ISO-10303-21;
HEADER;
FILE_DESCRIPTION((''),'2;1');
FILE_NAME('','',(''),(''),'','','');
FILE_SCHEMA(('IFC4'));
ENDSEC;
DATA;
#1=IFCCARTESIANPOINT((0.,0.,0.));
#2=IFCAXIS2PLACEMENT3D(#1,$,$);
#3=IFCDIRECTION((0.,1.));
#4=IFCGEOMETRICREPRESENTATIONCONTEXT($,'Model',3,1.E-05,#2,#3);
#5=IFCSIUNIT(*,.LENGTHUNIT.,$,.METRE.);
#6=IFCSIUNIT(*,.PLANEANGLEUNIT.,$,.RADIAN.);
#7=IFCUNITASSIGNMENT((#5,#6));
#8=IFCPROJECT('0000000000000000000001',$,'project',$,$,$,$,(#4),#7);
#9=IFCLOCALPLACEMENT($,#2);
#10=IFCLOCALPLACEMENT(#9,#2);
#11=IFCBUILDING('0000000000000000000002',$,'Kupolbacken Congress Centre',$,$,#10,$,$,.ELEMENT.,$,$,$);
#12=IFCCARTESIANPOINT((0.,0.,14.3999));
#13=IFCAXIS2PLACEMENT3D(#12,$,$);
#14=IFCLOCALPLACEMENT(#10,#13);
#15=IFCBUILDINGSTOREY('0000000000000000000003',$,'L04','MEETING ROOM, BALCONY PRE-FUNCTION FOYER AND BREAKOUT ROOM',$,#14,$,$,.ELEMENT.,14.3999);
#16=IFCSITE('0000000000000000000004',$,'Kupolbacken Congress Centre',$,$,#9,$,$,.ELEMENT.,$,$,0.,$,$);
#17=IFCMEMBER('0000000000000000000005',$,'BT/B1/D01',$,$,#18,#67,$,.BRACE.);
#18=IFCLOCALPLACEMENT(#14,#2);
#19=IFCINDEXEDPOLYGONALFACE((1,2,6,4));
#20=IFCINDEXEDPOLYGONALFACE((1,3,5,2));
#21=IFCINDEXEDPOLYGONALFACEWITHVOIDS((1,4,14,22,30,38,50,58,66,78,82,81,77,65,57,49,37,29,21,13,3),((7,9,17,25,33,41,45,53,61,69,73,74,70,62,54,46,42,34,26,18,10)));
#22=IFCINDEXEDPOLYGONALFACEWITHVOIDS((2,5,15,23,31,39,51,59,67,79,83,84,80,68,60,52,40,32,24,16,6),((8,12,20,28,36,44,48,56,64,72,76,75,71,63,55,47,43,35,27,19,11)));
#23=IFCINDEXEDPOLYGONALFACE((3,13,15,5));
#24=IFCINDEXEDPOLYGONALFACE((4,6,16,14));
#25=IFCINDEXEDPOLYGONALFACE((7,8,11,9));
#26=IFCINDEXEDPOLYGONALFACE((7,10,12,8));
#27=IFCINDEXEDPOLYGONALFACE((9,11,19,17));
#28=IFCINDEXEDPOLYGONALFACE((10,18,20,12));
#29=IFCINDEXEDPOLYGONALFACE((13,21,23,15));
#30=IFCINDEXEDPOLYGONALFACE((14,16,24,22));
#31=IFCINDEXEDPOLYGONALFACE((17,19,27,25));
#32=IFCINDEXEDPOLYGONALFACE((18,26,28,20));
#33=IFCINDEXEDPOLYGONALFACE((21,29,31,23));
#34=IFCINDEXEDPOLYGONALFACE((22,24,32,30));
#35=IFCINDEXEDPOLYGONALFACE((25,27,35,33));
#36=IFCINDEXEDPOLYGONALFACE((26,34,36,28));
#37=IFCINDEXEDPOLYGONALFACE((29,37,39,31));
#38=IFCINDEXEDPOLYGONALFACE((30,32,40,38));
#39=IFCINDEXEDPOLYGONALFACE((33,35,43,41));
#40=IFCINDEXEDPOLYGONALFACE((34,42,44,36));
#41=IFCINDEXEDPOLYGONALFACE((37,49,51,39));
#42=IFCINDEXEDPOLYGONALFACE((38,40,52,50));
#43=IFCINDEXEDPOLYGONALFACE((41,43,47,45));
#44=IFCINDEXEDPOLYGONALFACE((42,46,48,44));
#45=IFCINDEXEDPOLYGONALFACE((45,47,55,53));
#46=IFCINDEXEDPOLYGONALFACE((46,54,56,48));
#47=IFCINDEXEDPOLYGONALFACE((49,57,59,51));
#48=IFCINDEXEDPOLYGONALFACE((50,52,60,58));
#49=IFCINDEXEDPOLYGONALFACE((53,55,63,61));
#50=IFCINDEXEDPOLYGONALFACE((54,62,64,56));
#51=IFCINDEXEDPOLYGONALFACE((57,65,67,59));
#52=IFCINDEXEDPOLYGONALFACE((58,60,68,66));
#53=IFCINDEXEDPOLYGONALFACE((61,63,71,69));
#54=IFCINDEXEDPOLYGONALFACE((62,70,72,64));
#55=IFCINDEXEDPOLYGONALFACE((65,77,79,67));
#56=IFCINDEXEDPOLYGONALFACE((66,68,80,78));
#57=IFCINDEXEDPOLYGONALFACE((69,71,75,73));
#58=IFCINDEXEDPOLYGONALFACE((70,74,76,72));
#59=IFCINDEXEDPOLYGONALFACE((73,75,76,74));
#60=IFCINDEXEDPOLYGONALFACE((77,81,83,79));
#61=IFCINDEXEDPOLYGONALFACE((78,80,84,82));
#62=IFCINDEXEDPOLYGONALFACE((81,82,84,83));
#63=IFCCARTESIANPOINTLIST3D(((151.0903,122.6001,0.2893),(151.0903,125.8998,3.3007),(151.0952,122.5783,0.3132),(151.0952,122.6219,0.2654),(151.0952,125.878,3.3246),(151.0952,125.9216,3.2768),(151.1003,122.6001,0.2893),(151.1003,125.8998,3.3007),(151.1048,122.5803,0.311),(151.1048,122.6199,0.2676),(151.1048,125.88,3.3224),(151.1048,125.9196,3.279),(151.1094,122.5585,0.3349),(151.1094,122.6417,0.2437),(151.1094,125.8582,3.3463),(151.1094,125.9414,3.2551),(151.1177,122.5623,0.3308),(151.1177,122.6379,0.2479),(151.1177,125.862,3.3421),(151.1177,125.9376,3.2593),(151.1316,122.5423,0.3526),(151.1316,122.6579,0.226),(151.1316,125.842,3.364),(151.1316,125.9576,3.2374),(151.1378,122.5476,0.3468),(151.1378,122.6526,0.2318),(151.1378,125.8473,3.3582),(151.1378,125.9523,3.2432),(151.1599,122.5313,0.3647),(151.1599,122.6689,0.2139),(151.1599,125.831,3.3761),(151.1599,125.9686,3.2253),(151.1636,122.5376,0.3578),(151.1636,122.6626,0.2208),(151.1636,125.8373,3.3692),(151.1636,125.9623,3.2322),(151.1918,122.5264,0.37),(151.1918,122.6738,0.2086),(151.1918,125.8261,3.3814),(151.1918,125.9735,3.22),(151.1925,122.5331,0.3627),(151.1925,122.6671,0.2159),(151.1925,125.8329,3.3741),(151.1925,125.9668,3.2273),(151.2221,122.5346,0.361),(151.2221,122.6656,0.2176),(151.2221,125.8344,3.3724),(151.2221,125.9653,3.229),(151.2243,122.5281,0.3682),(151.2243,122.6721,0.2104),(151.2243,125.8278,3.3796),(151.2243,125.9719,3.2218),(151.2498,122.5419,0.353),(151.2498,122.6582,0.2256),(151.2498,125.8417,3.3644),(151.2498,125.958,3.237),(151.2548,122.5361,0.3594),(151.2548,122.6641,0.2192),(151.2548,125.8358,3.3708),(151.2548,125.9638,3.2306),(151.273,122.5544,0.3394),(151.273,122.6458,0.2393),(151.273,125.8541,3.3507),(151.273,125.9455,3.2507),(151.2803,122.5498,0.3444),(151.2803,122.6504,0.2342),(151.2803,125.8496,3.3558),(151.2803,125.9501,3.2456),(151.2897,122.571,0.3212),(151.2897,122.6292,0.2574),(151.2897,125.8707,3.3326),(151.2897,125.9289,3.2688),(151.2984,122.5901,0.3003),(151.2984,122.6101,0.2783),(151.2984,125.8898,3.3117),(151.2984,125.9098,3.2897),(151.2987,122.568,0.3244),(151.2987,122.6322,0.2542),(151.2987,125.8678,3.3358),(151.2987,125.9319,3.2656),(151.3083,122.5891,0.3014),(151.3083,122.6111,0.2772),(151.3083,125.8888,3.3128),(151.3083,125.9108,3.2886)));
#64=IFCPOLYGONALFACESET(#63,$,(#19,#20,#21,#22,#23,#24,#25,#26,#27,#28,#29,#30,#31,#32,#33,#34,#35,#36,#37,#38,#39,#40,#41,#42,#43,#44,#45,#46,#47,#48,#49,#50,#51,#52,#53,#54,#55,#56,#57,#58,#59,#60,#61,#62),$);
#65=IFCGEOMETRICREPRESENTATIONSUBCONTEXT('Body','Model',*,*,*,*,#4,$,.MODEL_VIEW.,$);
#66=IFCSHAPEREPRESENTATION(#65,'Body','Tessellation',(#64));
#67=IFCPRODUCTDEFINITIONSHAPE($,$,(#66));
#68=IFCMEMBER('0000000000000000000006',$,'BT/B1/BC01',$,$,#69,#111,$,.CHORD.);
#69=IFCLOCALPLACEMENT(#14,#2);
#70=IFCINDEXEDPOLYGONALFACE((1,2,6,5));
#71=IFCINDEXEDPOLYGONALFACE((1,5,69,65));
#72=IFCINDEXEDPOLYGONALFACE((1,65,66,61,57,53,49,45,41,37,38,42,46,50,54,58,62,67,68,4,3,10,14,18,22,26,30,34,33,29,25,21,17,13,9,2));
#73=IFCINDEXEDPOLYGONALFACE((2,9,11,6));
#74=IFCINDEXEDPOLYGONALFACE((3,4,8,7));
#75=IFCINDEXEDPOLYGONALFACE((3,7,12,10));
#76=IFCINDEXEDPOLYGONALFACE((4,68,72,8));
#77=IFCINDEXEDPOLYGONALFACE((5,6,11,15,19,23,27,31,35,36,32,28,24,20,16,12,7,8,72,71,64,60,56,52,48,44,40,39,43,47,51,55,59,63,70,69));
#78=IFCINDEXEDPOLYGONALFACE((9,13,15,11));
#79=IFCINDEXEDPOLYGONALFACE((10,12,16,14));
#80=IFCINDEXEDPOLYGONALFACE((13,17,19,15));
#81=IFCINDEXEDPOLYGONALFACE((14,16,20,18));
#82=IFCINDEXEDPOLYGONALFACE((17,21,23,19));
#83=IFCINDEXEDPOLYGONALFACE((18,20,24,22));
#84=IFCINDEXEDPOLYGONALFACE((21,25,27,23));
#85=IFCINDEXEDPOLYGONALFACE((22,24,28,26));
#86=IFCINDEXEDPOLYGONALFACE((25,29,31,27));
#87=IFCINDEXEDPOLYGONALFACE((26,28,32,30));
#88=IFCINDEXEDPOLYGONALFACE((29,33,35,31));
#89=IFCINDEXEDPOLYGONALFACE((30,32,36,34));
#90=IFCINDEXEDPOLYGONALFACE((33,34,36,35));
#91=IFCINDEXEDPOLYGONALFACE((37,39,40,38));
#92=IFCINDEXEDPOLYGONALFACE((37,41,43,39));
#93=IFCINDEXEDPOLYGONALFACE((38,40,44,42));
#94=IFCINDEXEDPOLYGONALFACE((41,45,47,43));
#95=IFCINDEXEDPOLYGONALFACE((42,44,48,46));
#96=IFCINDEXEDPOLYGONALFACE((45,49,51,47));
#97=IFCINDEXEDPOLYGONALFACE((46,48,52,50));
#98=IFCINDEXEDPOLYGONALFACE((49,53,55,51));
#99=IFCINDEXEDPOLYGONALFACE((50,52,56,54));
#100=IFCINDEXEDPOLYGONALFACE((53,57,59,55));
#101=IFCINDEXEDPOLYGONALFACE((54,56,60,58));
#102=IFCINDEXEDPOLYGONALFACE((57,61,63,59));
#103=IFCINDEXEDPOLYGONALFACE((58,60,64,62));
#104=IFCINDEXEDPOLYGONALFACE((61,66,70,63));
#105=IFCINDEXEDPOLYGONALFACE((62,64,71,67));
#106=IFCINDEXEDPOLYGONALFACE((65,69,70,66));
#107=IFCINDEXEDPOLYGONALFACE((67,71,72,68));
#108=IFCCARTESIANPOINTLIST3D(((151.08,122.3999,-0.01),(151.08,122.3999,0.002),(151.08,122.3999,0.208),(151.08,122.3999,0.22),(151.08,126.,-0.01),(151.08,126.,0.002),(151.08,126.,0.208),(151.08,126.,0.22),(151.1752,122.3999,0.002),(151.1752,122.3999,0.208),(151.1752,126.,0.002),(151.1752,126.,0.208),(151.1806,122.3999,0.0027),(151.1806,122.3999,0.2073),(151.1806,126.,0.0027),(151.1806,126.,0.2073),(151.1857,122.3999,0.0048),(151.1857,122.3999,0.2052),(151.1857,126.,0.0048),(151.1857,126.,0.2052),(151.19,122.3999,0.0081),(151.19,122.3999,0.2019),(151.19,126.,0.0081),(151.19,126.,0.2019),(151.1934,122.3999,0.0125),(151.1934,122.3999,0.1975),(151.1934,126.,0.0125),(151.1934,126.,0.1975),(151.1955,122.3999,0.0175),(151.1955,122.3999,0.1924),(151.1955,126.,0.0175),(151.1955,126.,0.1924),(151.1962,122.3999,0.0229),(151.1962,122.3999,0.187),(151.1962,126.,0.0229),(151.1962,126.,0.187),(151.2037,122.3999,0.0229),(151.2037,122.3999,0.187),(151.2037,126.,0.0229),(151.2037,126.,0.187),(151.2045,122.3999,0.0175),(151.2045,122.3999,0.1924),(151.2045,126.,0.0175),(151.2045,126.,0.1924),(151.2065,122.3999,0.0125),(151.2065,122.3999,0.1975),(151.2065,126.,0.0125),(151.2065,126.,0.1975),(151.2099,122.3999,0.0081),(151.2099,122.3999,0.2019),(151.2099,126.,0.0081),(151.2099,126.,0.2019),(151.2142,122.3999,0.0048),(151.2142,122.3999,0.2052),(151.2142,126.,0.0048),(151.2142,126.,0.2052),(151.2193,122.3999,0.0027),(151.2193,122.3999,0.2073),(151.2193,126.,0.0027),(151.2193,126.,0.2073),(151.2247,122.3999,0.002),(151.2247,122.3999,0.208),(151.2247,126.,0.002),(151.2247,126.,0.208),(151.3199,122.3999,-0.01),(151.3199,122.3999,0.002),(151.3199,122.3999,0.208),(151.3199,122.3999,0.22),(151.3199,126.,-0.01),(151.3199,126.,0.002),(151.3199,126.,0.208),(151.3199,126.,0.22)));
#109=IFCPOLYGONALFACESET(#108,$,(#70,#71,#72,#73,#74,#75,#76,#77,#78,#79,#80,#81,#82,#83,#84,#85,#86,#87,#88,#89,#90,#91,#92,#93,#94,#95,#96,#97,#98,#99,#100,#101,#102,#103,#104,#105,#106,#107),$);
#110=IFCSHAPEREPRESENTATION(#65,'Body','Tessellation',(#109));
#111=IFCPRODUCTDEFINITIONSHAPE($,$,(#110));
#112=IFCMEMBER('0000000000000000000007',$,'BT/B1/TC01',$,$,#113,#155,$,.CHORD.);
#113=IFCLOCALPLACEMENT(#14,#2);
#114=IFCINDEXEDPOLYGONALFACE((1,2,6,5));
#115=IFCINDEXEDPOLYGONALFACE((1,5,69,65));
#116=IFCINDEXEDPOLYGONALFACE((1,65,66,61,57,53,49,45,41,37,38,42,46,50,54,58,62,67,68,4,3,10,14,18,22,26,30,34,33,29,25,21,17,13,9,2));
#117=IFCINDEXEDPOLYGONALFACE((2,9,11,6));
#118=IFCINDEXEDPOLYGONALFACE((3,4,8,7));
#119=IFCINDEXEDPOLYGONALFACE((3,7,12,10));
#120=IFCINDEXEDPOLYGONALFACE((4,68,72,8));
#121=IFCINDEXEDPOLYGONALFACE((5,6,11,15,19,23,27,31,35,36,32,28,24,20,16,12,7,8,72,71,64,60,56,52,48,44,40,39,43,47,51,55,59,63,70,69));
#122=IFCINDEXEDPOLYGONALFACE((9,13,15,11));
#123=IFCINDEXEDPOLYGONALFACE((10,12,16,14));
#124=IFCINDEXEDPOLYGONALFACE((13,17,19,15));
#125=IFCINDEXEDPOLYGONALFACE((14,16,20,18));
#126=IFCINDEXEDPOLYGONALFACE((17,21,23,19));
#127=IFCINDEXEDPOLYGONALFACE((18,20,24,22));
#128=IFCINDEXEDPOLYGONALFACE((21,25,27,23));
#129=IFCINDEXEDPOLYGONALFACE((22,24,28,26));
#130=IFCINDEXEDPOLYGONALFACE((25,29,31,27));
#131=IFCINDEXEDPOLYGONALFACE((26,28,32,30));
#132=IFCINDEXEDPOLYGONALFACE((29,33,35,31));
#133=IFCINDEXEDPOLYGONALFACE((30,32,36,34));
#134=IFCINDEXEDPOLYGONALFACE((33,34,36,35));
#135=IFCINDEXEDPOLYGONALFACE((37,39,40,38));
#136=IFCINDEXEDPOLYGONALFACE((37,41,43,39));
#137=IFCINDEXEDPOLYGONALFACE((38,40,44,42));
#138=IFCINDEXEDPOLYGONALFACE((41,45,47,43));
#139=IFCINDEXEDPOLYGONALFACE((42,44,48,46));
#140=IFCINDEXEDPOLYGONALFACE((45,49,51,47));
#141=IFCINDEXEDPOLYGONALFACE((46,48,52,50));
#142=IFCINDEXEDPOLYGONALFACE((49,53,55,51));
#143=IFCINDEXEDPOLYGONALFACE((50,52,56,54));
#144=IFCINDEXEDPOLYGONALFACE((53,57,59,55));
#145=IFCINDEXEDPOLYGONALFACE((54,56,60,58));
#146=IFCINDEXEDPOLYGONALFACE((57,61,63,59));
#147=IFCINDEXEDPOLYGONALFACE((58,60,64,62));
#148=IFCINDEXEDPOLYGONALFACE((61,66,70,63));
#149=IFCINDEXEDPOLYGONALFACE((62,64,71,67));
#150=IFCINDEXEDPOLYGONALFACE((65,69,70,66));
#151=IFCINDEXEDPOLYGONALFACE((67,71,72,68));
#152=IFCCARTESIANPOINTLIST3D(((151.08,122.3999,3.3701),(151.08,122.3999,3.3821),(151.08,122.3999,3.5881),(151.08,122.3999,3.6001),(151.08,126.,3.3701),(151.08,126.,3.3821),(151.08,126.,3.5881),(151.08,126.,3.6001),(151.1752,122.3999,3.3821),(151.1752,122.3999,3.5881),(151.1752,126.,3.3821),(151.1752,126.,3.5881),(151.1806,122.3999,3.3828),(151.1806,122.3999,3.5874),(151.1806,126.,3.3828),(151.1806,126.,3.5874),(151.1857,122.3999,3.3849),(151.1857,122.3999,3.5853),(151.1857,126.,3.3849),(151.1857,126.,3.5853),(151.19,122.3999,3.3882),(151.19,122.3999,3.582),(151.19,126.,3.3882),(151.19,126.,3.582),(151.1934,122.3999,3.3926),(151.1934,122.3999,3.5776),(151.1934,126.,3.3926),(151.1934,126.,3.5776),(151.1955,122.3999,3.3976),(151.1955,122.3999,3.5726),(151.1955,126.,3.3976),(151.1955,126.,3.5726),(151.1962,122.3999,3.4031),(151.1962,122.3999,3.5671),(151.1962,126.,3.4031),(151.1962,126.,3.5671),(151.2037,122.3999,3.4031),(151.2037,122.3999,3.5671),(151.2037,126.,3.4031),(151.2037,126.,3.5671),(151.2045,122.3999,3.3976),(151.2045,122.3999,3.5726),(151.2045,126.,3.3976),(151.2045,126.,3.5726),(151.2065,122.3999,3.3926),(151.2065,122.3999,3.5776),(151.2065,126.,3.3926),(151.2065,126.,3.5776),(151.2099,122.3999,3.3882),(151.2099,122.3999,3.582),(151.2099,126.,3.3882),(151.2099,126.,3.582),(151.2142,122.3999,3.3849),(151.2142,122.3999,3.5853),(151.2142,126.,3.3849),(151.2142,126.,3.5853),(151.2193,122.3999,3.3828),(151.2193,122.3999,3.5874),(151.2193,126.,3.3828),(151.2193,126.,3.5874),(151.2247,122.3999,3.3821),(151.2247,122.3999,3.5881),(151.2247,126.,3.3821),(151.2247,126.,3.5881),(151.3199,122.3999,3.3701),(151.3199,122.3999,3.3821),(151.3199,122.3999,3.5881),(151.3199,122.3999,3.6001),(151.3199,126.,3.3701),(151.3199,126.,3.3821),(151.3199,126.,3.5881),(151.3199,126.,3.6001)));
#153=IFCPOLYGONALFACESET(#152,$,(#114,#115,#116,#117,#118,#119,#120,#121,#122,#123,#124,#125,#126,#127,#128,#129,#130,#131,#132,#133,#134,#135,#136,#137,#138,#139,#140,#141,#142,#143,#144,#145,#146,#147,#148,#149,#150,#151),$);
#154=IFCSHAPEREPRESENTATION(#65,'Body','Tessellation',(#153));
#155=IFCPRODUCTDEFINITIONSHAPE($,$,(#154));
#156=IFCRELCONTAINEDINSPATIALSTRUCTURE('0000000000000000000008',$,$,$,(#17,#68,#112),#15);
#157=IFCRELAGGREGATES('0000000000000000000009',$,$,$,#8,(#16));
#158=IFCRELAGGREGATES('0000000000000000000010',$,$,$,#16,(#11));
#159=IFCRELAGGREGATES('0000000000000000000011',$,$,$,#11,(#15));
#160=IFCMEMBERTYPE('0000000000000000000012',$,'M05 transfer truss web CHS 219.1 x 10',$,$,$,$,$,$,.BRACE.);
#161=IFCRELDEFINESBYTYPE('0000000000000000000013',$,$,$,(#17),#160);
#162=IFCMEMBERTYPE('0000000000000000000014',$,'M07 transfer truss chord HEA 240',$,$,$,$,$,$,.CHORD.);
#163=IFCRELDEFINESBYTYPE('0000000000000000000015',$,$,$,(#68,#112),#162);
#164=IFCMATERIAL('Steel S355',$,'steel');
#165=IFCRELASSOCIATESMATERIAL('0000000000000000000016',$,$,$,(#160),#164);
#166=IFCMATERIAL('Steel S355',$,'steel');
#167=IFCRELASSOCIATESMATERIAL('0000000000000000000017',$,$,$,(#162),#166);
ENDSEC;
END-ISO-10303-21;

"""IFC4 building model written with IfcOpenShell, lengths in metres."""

from ifc_helpers import new_model, si_unit, direction, frame, origin, origin_2d, place, context, subcontext, project, spatial, hollow_circle, i_section, extrude, material, material_profile, profile_set, type_object, element, save


model = new_model("IFC4")

# Units and contexts
model_context = context("Model", 3, precision=1e-05, world=origin(), true_north=direction((0.0, 1.0)))
body_context = subcontext(model_context, "Body", "Model", "MODEL_VIEW")
ifc_project = project(units=[si_unit("LENGTHUNIT", "METRE"), si_unit("PLANEANGLEUNIT", "RADIAN")], contexts=[model_context])

# Site, building, storey
site_placement = place(None, origin())
site = spatial("IfcSite", under=ifc_project, at=site_placement, Name="Kupolbacken Congress Centre", CompositionType="ELEMENT", RefElevation=0.0)
building_placement = place(site_placement, origin())
building = spatial("IfcBuilding", under=site, at=building_placement, Name="Kupolbacken Congress Centre", CompositionType="ELEMENT")
storey_placement = place(building_placement, frame((0.0, 0.0, 14.3999)))
storey = spatial("IfcBuildingStorey", under=building, at=storey_placement, Name="L04", Description="MEETING ROOM, BALCONY PRE-FUNCTION FOYER AND BREAKOUT ROOM", CompositionType="ELEMENT", Elevation=14.3999)

# Members
ifc_material_1 = material(Name="Steel S355", Category="steel")
ifc_material_profile_1 = material_profile(ifc_material_1, hollow_circle(Radius=0.1096, WallThickness=0.01, at=origin_2d()), Name="CHS 219.1 x 10")
ifc_profile_set_1 = profile_set([ifc_material_profile_1], Name="Steel S355")
member_type_1 = type_object("IfcMemberType", Name="M05 transfer truss web CHS 219.1 x 10", PredefinedType="BRACE", material=ifc_profile_set_1)
member_1_placement = place(storey_placement, frame((151.2, 122.6001, 0.2893), z_axis=(0.0, 0.73864, 0.6741), x_axis=(-1.0, 0.0, 0.0)))
element("IfcMember", 1, at=member_1_placement, inside=storey, type_object=member_type_1, Name="BT/B1/D01", PredefinedType="BRACE", context=body_context, shape_type="SweptSolid", body=[
    extrude(hollow_circle(Radius=0.1096, WallThickness=0.01, at=origin_2d()), origin(), (0.0, 0.0, 1.0), 4.4673),
])
ifc_material_2 = material(Name="Steel S355", Category="steel")
ifc_material_profile_2 = material_profile(ifc_material_2, i_section(OverallWidth=0.24, OverallDepth=0.23, WebThickness=0.0076, FlangeThickness=0.012, FilletRadius=0.021, at=origin_2d()), Name="HEA 240")
ifc_profile_set_2 = profile_set([ifc_material_profile_2], Name="Steel S355")
member_type_2 = type_object("IfcMemberType", Name="M07 transfer truss chord HEA 240", PredefinedType="CHORD", material=ifc_profile_set_2)
for number, where, z_axis, x_axis, name in (
    (2, (151.2, 122.3999, 0.105), (0.0, 1.0, 0.0), (-1.0, 0.0, 0.0), "BT/B1/BC01"),
    (3, (151.2, 122.3999, 3.4851), (0.0, 1.0, 0.0), (-1.0, 0.0, 0.0), "BT/B1/TC01"),
):
    element("IfcMember", number, at=place(storey_placement, frame(where, z_axis=z_axis, x_axis=x_axis)), inside=storey, type_object=member_type_2, Name=name, PredefinedType="CHORD", context=body_context, shape_type="SweptSolid", body=[
        extrude(i_section(OverallWidth=0.24, OverallDepth=0.23, WebThickness=0.0076, FlangeThickness=0.012, FilletRadius=0.021, at=origin_2d()), origin(), (0.0, 0.0, 1.0), 3.6001),
    ])

save(model, "model.ifc")
